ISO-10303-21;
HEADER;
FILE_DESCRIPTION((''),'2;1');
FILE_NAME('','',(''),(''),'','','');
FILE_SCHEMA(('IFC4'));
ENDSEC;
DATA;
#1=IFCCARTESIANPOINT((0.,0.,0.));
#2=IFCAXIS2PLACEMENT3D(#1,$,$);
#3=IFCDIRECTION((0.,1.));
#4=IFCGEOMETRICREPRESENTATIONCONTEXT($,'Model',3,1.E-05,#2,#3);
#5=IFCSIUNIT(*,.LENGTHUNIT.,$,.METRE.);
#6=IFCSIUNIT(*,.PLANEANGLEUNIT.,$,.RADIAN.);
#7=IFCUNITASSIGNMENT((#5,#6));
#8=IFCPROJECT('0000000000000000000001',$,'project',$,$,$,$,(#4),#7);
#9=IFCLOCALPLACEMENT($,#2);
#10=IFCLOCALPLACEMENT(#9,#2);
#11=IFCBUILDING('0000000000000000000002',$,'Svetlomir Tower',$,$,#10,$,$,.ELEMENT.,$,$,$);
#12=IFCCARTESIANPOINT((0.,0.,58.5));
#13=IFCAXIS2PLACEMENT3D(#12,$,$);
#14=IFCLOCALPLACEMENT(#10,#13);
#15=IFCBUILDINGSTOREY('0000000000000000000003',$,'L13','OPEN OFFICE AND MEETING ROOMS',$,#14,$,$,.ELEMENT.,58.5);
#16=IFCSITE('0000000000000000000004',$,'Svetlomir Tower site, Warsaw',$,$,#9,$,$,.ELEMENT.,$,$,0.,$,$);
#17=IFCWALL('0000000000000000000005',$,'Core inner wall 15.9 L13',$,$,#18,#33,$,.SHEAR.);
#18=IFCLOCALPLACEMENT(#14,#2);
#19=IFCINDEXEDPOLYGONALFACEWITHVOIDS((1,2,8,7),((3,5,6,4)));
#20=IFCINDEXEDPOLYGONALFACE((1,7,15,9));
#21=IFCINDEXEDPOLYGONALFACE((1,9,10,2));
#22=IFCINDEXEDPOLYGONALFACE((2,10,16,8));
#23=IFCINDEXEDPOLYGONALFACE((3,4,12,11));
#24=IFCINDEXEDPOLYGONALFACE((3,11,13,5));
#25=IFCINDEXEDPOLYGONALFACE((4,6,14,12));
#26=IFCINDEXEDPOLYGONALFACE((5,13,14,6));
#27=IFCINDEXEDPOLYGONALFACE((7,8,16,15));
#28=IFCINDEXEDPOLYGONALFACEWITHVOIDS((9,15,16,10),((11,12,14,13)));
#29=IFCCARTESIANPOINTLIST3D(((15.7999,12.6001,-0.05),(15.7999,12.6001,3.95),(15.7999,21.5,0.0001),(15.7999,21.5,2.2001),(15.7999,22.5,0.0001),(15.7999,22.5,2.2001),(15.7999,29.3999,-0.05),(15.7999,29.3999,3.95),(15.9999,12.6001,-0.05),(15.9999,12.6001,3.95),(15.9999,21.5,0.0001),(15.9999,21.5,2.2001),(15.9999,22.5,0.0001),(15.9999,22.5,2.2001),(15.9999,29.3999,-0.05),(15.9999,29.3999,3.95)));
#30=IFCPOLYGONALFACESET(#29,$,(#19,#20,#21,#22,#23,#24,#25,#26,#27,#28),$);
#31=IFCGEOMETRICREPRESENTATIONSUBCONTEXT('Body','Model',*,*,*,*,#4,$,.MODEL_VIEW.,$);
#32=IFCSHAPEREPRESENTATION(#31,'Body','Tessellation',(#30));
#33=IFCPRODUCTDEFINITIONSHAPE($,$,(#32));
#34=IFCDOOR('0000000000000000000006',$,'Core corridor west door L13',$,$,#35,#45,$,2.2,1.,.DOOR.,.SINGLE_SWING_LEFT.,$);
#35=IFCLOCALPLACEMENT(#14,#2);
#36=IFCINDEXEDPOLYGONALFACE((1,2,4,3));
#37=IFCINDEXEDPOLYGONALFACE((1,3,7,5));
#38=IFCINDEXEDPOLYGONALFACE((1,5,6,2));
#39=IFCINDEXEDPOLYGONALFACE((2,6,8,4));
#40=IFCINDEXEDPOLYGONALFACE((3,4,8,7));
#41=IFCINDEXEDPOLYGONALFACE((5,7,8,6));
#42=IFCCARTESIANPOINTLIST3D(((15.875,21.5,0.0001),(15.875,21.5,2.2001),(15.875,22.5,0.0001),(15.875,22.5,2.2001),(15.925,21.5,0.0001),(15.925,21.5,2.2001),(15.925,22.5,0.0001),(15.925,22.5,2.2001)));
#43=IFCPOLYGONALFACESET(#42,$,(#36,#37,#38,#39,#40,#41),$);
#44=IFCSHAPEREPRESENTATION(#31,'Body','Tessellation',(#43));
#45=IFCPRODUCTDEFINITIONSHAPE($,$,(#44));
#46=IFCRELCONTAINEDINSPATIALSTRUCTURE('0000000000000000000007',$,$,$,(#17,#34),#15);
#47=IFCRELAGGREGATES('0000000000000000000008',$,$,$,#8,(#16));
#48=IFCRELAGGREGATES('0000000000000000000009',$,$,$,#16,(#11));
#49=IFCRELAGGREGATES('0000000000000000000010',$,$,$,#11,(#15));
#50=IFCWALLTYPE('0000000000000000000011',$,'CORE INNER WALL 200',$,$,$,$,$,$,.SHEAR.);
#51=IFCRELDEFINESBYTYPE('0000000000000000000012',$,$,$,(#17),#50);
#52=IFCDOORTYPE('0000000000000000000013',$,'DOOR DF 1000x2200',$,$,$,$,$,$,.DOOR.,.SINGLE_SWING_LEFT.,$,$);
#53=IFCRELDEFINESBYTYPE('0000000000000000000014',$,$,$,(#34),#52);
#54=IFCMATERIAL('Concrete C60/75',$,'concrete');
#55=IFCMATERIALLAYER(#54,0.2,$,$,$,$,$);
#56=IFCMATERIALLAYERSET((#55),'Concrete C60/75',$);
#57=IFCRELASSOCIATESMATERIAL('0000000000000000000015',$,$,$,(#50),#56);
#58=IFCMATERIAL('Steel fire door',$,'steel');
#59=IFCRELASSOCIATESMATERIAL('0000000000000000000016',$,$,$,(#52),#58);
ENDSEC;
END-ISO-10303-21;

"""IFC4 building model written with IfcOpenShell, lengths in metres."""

from ifc_helpers import new_model, si_unit, direction, frame, frame_2d, origin, place, context, subcontext, project, spatial, rectangle, extrude, material, layer, layer_set, type_object, element, fill, save


model = new_model("IFC4")

# Units and contexts
model_context = context("Model", 3, precision=1e-05, world=origin(), true_north=direction((0.0, 1.0)))
body_context = subcontext(model_context, "Body", "Model", "MODEL_VIEW")
ifc_project = project(units=[si_unit("LENGTHUNIT", "METRE"), si_unit("PLANEANGLEUNIT", "RADIAN")], contexts=[model_context])

# Site, building, storey
site_placement = place(None, origin())
site = spatial("IfcSite", under=ifc_project, at=site_placement, Name="Svetlomir Tower site, Warsaw", CompositionType="ELEMENT", RefElevation=0.0)
building_placement = place(site_placement, origin())
building = spatial("IfcBuilding", under=site, at=building_placement, Name="Svetlomir Tower", CompositionType="ELEMENT")
storey_placement = place(building_placement, frame((0.0, 0.0, 58.5)))
storey = spatial("IfcBuildingStorey", under=building, at=storey_placement, Name="L13", Description="OPEN OFFICE AND MEETING ROOMS", CompositionType="ELEMENT", Elevation=58.5)

# Wall, opening, door
ifc_material_1 = material(Name="Concrete C60/75", Category="concrete")
ifc_layer_1 = layer(ifc_material_1, 0.2)
ifc_layer_set_1 = layer_set([ifc_layer_1], Name="Concrete C60/75")
wall_type_1 = type_object("IfcWallType", Name="CORE INNER WALL 200", PredefinedType="SHEAR", material=ifc_layer_set_1)
wall_1_placement = place(storey_placement, frame((15.8999, 12.6001, -0.05), z_axis=(0.0, 0.0, 1.0), x_axis=(0.0, 1.0, 0.0)))
wall_1 = element("IfcWall", 1, at=wall_1_placement, inside=storey, type_object=wall_type_1, Name="Core inner wall 15.9 L13", PredefinedType="SHEAR", context=body_context, shape_type="SweptSolid", body=[
    extrude(rectangle(XDim=16.7998, YDim=0.2, at=frame_2d((8.3999, 0.0))), origin(), (0.0, 0.0, 1.0), 4.0),
])
opening_1_placement = place(wall_1_placement, frame((8.8999, 0.0, 0.05)))
opening_1 = element("IfcOpeningElement", 2, at=opening_1_placement, cuts=wall_1, PredefinedType="OPENING", context=body_context, shape_type="SweptSolid", body=[
    extrude(rectangle(XDim=1.0, YDim=2.2, at=frame_2d((0.5, 1.1001))), frame((0.0, 0.1099, 0.0), z_axis=(0.0, -1.0, 0.0), x_axis=(1.0, 0.0, 0.0)), (0.0, 0.0, 1.0), 0.22),
])
ifc_material_2 = material(Name="Steel fire door", Category="steel")
door_type_1 = type_object("IfcDoorType", Name="DOOR DF 1000x2200", OperationType="SINGLE_SWING_LEFT", PredefinedType="DOOR", material=ifc_material_2)
door_1_placement = place(opening_1_placement, origin())
door_1 = element("IfcDoor", 3, at=door_1_placement, inside=storey, type_object=door_type_1, Name="Core corridor west door L13", OperationType="SINGLE_SWING_LEFT", OverallHeight=2.2, OverallWidth=1.0, PredefinedType="DOOR", context=body_context, shape_type="SweptSolid", body=[
    extrude(rectangle(XDim=1.0, YDim=2.2, at=frame_2d((0.5, 1.1001))), frame((0.0, 0.0249, 0.0), z_axis=(0.0, -1.0, 0.0), x_axis=(1.0, 0.0, 0.0)), (0.0, 0.0, 1.0), 0.05),
])
fill(opening_1, door_1)

save(model, "model.ifc")
